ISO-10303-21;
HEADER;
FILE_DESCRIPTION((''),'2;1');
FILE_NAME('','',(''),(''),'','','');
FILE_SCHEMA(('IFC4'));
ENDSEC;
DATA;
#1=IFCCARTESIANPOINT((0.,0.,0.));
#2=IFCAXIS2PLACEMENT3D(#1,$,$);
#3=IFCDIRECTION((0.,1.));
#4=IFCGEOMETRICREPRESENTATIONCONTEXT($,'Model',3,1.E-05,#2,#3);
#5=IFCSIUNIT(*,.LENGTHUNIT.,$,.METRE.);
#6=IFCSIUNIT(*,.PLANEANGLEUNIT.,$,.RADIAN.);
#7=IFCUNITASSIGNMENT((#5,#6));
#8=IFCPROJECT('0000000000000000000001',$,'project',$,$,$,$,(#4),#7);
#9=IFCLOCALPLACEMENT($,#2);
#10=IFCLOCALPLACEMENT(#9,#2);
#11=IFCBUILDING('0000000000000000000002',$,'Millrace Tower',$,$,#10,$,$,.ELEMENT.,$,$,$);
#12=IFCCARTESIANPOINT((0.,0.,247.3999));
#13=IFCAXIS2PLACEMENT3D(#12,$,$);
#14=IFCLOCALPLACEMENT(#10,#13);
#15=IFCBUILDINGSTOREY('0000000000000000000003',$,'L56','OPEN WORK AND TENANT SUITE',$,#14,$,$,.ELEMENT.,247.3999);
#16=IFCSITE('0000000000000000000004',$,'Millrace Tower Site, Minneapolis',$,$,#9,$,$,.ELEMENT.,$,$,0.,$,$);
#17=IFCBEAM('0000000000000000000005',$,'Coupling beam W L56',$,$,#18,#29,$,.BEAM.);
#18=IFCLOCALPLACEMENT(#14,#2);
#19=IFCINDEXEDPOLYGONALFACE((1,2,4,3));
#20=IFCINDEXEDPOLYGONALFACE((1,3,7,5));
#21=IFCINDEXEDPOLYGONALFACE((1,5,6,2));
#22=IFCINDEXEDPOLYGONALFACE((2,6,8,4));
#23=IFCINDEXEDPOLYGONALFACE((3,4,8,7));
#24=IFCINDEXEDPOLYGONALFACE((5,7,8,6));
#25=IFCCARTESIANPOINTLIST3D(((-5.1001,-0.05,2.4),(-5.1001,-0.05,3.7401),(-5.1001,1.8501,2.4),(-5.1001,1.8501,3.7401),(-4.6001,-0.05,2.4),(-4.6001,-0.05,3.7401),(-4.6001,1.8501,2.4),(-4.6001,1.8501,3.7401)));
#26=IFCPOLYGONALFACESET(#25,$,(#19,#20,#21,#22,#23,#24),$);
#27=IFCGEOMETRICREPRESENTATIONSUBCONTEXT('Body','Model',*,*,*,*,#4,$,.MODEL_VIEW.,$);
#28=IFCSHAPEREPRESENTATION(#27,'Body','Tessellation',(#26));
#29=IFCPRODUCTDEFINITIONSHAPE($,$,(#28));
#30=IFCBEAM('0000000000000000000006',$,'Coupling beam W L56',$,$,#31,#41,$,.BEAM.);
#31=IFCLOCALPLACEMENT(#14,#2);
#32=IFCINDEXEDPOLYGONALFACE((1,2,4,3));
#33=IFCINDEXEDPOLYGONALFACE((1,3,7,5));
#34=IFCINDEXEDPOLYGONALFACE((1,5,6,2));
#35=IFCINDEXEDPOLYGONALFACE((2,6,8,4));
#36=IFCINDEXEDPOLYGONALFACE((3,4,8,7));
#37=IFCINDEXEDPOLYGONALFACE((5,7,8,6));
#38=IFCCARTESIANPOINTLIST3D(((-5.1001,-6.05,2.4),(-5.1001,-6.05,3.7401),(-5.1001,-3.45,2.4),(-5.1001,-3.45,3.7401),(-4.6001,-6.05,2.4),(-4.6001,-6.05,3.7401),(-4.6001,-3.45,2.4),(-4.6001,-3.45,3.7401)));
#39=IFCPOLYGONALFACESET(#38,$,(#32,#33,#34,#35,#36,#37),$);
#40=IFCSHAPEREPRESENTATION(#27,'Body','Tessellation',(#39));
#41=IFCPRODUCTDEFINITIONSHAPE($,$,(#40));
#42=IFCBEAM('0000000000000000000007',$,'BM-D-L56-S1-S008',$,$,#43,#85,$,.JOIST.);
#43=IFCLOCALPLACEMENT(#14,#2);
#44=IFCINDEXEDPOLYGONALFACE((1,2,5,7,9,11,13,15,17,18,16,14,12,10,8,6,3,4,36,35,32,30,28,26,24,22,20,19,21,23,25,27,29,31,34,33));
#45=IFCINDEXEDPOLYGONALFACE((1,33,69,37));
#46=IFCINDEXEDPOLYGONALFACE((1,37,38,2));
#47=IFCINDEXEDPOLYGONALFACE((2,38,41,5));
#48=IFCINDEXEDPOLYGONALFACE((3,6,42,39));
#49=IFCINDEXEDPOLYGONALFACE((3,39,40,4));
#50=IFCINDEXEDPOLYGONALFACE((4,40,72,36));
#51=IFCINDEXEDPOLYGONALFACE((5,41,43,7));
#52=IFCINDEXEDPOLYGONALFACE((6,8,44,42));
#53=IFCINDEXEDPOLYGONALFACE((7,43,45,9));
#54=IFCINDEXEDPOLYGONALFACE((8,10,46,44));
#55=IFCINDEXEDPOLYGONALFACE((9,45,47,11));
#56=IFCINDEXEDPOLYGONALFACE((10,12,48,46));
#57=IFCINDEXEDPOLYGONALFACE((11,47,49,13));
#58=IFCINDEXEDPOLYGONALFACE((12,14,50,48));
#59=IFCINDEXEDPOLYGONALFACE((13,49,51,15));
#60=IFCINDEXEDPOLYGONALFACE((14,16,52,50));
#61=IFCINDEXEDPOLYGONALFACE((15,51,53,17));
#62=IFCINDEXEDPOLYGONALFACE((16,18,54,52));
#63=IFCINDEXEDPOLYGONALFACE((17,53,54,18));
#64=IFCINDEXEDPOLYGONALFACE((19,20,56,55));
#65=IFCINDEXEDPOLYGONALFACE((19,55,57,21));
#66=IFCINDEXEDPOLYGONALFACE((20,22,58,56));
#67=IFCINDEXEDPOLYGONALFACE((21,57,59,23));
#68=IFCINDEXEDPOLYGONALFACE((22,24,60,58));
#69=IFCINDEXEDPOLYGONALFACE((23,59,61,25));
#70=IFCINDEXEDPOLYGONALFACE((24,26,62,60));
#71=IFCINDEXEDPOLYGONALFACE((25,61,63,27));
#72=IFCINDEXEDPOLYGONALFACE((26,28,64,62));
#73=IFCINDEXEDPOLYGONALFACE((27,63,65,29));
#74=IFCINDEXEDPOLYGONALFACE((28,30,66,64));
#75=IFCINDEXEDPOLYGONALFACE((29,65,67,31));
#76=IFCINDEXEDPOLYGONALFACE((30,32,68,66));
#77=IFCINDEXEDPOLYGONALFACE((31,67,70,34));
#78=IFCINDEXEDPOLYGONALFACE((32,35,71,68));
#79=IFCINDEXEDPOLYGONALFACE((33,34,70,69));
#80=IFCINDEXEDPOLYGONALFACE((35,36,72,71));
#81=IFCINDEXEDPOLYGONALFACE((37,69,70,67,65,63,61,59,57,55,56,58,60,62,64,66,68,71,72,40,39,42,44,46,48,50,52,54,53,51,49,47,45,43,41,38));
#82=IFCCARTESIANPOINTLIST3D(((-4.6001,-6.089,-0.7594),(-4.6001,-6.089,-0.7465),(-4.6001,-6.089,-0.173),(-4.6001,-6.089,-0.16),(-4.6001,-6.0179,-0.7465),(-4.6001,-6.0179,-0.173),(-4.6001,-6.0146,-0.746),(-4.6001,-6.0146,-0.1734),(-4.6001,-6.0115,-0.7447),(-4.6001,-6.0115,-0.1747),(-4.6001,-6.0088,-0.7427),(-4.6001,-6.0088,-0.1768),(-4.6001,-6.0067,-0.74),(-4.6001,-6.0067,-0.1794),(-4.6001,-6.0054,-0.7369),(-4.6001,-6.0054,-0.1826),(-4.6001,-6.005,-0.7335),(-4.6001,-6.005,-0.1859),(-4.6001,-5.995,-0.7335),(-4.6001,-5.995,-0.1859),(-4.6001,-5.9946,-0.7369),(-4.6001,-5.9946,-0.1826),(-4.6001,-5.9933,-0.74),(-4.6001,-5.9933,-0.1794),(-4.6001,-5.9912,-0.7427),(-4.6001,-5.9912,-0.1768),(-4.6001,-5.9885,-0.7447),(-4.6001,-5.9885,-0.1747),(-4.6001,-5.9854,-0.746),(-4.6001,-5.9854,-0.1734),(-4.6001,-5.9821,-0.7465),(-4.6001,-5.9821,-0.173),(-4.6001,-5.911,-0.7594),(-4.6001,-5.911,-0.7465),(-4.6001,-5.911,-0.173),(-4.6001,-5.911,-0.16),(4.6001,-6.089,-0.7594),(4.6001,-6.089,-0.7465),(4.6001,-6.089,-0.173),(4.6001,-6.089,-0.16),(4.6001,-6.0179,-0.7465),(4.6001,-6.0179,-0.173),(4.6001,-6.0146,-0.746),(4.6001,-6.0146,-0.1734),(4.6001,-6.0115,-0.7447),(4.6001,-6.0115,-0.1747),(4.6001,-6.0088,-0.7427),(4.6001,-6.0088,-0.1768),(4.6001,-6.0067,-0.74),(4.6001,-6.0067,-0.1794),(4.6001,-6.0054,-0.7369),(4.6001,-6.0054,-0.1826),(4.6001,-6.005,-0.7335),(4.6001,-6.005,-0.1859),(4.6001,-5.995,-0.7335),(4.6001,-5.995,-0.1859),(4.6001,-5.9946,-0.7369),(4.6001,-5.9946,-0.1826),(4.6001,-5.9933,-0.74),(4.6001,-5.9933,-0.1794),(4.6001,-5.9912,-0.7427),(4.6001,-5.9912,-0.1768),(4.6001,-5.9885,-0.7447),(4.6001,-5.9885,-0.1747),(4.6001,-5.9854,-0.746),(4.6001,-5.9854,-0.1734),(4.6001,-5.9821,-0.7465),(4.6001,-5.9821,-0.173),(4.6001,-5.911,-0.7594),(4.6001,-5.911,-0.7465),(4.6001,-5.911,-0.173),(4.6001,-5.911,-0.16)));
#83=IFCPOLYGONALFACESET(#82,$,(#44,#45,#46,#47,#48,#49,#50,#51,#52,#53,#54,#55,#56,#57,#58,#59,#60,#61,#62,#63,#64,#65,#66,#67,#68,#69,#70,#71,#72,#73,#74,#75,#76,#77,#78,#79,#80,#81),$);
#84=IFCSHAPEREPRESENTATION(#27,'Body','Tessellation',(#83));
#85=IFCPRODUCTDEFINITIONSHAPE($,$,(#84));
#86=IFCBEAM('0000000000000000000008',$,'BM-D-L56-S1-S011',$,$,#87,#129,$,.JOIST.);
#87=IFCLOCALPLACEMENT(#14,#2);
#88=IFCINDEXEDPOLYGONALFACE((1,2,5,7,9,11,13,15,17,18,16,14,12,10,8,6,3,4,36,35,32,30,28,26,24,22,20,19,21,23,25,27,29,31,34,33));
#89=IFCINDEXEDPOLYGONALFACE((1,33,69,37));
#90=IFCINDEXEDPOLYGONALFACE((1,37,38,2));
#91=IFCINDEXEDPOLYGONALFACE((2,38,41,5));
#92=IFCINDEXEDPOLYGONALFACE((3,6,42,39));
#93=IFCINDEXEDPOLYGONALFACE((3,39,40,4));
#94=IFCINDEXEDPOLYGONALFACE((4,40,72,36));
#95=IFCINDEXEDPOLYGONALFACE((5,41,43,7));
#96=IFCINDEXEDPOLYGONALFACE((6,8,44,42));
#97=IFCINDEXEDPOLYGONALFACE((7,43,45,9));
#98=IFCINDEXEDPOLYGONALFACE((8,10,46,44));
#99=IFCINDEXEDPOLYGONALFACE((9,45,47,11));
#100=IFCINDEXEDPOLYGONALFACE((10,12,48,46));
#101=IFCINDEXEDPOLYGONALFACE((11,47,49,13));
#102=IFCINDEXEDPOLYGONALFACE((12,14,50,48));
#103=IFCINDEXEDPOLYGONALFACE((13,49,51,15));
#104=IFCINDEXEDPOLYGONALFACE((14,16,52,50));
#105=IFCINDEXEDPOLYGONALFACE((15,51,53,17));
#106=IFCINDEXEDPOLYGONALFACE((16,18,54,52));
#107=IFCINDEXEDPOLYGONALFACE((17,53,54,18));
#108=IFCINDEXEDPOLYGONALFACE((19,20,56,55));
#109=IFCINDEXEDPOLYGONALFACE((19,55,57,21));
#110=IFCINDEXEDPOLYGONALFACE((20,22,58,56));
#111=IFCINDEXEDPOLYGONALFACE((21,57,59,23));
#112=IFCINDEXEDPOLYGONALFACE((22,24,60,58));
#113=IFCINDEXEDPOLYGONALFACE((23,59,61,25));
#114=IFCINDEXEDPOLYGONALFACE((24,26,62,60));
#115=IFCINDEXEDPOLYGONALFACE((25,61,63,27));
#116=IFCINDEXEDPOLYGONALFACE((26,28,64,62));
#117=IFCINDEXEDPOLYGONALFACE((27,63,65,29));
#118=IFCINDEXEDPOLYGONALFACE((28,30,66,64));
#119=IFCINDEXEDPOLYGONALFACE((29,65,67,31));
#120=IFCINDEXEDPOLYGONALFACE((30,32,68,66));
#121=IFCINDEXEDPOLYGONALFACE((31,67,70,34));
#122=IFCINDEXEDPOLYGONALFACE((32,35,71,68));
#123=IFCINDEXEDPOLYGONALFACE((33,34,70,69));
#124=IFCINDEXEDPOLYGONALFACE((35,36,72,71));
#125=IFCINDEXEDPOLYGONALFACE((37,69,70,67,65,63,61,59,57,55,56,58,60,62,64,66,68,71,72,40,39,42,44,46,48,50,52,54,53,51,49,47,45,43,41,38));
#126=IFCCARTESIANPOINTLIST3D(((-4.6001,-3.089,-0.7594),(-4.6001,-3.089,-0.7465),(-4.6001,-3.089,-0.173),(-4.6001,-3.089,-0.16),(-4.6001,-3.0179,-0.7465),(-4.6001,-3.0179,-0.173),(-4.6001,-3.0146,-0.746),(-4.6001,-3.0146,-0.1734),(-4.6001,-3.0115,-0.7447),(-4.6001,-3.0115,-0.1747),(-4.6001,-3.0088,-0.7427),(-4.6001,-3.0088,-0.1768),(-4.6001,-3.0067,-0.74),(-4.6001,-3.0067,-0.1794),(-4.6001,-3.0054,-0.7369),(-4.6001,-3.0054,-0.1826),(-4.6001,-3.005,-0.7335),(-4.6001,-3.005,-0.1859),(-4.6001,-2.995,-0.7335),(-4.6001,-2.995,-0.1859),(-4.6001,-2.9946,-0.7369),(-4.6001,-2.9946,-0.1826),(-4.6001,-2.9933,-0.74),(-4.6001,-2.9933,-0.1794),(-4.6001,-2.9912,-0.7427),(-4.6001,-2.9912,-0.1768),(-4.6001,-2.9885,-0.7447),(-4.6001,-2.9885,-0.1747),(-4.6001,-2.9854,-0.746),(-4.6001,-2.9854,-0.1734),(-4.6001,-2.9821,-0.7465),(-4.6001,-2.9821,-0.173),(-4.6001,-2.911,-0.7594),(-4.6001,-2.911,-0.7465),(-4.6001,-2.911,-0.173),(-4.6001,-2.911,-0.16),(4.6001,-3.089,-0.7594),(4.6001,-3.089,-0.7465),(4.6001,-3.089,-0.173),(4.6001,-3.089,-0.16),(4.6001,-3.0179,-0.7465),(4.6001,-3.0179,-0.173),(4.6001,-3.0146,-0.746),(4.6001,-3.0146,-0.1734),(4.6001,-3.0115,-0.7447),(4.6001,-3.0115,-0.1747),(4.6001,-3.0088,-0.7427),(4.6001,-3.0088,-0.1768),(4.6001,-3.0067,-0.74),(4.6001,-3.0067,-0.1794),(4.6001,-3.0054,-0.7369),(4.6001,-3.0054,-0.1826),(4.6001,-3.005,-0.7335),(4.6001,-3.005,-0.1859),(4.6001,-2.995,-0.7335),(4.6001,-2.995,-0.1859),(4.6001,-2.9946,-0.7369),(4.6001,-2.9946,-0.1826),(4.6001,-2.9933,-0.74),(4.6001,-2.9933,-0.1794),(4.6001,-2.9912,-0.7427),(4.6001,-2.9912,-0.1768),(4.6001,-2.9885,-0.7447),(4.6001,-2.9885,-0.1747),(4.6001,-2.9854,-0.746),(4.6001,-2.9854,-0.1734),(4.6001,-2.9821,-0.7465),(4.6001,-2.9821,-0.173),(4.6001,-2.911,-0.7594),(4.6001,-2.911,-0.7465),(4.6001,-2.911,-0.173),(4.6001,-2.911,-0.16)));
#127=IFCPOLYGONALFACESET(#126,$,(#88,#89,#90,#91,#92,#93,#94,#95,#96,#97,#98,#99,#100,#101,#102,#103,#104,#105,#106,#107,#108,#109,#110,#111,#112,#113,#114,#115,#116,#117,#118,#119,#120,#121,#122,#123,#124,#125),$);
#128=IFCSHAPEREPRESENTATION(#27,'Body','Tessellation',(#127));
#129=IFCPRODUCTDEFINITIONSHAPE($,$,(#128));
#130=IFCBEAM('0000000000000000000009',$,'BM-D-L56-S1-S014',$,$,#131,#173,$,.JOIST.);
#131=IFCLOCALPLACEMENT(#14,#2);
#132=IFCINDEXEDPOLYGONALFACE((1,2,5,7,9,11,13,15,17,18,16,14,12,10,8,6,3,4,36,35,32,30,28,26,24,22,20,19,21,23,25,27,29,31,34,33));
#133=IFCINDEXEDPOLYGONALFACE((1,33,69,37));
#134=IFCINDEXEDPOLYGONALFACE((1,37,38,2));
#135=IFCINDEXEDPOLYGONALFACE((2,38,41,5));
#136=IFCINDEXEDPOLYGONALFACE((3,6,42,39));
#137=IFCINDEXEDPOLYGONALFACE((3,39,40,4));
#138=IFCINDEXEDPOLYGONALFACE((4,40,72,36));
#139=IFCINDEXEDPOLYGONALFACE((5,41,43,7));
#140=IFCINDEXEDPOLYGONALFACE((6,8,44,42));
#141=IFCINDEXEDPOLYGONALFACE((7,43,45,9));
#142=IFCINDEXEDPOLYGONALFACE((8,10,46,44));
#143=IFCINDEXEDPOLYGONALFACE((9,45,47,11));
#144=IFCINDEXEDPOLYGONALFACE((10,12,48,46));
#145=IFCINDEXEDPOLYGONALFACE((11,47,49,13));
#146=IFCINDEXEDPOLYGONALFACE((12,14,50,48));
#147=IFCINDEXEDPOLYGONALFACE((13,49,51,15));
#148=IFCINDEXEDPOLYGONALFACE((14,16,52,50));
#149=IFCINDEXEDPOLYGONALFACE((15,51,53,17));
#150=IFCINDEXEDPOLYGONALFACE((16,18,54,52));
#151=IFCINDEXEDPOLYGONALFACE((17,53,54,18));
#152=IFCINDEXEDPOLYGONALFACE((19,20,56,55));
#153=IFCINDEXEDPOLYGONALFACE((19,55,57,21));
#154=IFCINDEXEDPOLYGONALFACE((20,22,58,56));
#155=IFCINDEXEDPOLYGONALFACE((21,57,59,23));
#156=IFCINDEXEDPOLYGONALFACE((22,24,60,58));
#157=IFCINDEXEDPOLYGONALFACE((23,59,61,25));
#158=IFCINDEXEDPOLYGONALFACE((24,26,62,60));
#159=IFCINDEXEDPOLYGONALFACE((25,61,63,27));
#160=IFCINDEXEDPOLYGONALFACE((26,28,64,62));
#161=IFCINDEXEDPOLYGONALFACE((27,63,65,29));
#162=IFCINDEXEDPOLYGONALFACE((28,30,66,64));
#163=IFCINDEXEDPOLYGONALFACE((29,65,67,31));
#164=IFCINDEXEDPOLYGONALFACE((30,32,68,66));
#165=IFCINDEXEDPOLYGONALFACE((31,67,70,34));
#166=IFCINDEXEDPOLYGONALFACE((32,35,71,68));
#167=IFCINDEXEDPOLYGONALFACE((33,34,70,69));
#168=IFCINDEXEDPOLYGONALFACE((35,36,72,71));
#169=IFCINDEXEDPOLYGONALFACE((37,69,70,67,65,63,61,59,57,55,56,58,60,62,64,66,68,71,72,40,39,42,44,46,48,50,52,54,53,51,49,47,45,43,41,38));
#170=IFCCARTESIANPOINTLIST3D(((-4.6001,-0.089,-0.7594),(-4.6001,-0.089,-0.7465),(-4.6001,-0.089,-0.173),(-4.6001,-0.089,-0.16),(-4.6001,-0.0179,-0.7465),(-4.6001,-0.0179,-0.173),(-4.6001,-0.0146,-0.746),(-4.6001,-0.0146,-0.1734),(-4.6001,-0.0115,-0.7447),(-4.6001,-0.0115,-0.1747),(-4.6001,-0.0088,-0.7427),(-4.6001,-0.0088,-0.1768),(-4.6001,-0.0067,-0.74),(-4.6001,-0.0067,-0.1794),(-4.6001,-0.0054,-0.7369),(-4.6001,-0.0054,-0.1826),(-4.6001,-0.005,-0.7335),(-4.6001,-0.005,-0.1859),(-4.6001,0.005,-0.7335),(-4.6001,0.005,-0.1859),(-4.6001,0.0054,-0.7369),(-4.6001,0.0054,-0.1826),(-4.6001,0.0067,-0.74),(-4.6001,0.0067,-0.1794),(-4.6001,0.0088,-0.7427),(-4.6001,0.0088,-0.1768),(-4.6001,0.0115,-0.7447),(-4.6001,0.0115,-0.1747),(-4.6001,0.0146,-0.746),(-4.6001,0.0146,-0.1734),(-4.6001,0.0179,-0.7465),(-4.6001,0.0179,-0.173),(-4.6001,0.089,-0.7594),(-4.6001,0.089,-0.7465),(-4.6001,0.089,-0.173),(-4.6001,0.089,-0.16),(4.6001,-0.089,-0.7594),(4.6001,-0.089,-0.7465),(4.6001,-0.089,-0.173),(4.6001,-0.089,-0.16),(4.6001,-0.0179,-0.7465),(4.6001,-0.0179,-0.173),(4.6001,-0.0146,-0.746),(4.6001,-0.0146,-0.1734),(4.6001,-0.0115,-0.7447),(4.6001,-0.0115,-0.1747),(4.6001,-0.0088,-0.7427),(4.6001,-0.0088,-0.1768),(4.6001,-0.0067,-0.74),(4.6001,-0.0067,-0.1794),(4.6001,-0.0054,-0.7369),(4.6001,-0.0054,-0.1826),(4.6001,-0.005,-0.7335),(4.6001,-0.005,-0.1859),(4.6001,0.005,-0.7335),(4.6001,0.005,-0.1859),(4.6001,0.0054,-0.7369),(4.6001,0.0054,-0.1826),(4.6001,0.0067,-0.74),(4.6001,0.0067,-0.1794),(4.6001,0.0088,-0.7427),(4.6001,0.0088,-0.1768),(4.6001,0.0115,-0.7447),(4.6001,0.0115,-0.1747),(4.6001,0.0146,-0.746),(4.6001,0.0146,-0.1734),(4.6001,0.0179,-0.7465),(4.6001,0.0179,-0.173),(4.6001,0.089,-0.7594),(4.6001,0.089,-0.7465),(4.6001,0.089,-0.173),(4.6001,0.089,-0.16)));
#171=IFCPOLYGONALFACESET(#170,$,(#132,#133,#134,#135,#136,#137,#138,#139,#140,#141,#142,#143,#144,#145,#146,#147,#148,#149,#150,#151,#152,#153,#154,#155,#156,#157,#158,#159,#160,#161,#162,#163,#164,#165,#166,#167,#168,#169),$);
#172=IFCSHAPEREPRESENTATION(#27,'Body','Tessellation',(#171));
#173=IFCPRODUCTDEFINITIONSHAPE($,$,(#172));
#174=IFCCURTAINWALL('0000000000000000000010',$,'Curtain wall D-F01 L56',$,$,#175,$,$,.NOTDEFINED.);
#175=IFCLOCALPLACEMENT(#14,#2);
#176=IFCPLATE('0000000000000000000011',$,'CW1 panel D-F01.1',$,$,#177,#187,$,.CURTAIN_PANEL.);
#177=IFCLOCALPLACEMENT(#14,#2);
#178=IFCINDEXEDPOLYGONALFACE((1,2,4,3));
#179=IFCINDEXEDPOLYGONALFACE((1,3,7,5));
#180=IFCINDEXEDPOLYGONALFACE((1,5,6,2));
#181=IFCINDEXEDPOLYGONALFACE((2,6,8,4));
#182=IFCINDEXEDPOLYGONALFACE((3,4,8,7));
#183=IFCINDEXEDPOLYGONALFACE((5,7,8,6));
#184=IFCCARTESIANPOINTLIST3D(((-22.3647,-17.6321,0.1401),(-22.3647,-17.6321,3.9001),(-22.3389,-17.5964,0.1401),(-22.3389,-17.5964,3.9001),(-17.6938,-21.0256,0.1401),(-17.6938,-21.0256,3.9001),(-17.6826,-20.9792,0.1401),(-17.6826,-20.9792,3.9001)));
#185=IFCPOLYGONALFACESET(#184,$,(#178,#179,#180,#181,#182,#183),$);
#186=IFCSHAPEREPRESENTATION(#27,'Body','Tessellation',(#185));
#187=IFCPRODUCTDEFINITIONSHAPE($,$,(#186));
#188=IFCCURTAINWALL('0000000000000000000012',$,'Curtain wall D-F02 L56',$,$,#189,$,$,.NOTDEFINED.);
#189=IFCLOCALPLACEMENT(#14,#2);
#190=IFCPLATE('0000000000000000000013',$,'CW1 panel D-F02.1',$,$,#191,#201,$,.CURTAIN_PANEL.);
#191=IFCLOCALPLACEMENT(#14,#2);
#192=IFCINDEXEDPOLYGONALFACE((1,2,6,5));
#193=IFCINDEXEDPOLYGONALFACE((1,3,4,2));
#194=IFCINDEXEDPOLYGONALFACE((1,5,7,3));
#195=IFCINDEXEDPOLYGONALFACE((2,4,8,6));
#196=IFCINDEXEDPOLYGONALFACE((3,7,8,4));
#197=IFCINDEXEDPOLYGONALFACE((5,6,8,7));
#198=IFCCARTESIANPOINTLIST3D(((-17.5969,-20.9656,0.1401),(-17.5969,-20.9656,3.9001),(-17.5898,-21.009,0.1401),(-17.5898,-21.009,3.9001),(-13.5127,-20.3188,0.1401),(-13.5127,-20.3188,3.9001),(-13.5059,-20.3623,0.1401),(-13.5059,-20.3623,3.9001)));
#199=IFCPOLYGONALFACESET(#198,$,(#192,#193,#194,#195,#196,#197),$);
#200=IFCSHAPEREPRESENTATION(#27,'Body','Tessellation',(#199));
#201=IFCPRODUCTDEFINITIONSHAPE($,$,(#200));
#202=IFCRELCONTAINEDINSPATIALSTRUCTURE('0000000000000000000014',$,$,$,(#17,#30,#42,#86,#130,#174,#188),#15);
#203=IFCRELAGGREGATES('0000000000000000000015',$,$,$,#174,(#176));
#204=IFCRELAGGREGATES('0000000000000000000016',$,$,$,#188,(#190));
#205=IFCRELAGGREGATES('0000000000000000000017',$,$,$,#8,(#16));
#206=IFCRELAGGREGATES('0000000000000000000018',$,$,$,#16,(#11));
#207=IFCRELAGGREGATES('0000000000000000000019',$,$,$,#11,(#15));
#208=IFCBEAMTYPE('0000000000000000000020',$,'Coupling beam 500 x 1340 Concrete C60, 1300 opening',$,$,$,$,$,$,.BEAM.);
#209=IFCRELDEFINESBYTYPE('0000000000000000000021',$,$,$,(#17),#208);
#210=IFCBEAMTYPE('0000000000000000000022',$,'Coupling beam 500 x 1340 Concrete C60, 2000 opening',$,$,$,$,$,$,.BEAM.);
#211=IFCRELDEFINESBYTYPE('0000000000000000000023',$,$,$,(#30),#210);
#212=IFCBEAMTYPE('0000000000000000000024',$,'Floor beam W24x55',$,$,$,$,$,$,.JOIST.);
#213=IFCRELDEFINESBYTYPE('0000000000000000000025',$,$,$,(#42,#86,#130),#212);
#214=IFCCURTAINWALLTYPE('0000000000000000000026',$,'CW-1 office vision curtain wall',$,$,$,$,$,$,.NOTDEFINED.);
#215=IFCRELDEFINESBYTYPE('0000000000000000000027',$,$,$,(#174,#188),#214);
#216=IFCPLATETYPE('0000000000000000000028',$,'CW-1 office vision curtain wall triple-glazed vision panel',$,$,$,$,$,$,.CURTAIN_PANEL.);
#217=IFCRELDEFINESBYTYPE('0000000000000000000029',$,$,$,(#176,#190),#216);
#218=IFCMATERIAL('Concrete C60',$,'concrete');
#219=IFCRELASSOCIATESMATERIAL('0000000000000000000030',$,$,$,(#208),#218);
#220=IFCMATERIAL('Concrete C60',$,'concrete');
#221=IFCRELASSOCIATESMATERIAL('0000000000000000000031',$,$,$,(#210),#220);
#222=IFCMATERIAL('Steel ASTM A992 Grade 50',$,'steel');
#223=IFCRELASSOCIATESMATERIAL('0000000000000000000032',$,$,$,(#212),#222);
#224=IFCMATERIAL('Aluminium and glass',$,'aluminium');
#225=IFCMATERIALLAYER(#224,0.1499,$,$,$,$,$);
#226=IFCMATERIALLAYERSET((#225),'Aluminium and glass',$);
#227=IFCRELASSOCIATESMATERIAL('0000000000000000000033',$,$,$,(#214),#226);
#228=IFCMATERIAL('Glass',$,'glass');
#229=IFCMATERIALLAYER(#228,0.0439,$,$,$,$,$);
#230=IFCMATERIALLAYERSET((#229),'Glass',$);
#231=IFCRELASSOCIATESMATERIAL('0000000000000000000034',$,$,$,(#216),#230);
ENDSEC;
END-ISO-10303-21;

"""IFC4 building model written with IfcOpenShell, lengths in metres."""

from ifc_helpers import new_model, si_unit, direction, frame, origin, origin_2d, place, context, subcontext, project, spatial, polyline, rectangle, i_section, outline, extrude, material, layer, layer_set, material_profile, profile_set, type_object, element, aggregate, save


model = new_model("IFC4")

# Units and contexts
model_context = context("Model", 3, precision=1e-05, world=origin(), true_north=direction((0.0, 1.0)))
body_context = subcontext(model_context, "Body", "Model", "MODEL_VIEW")
ifc_project = project(units=[si_unit("LENGTHUNIT", "METRE"), si_unit("PLANEANGLEUNIT", "RADIAN")], contexts=[model_context])

# Site, building, storey
site_placement = place(None, origin())
site = spatial("IfcSite", under=ifc_project, at=site_placement, Name="Millrace Tower Site, Minneapolis", CompositionType="ELEMENT", RefElevation=0.0)
building_placement = place(site_placement, origin())
building = spatial("IfcBuilding", under=site, at=building_placement, Name="Millrace Tower", CompositionType="ELEMENT")
storey_placement = place(building_placement, frame((0.0, 0.0, 247.3999)))
storey = spatial("IfcBuildingStorey", under=building, at=storey_placement, Name="L56", Description="OPEN WORK AND TENANT SUITE", CompositionType="ELEMENT", Elevation=247.3999)

# Beams
ifc_material_1 = material(Name="Concrete C60", Category="concrete")
ifc_material_profile_1 = material_profile(ifc_material_1, rectangle(XDim=0.5, YDim=1.3401, at=origin_2d()))
ifc_profile_set_1 = profile_set([ifc_material_profile_1], Name="Concrete C60")
beam_type_1 = type_object("IfcBeamType", Name="Coupling beam 500 x 1340 Concrete C60, 1300 opening", PredefinedType="BEAM", material=ifc_profile_set_1)
beam_1_placement = place(storey_placement, frame((-4.8501, -0.05, 3.0701), z_axis=(0.0, 1.0, 0.0), x_axis=(-1.0, 0.0, 0.0)))
element("IfcBeam", 1, at=beam_1_placement, inside=storey, type_object=beam_type_1, Name="Coupling beam W L56", PredefinedType="BEAM", context=body_context, shape_type="SweptSolid", body=[
    extrude(rectangle(XDim=0.5, YDim=1.3401, at=origin_2d()), origin(), (0.0, 0.0, 1.0), 1.9001),
])
ifc_material_2 = material(Name="Concrete C60", Category="concrete")
ifc_material_profile_2 = material_profile(ifc_material_2, rectangle(XDim=0.5, YDim=1.3401, at=origin_2d()))
ifc_profile_set_2 = profile_set([ifc_material_profile_2], Name="Concrete C60")
beam_type_2 = type_object("IfcBeamType", Name="Coupling beam 500 x 1340 Concrete C60, 2000 opening", PredefinedType="BEAM", material=ifc_profile_set_2)
beam_2_placement = place(storey_placement, frame((-4.8501, -6.05, 3.0701), z_axis=(0.0, 1.0, 0.0), x_axis=(-1.0, 0.0, 0.0)))
element("IfcBeam", 2, at=beam_2_placement, inside=storey, type_object=beam_type_2, Name="Coupling beam W L56", PredefinedType="BEAM", context=body_context, shape_type="SweptSolid", body=[
    extrude(rectangle(XDim=0.5, YDim=1.3401, at=origin_2d()), origin(), (0.0, 0.0, 1.0), 2.6001),
])
ifc_material_3 = material(Name="Steel ASTM A992 Grade 50", Category="steel")
ifc_material_profile_3 = material_profile(ifc_material_3, i_section(OverallWidth=0.178, OverallDepth=0.5994, WebThickness=0.01, FlangeThickness=0.0129, FilletRadius=0.0129, at=origin_2d()))
ifc_profile_set_3 = profile_set([ifc_material_profile_3], Name="Steel ASTM A992 Grade 50")
beam_type_3 = type_object("IfcBeamType", Name="Floor beam W24x55", PredefinedType="JOIST", material=ifc_profile_set_3)
for number, where, z_axis, x_axis, name in (
    (3, (-4.6001, -6.0, -0.4597), (1.0, 0.0, 0.0), (0.0, 1.0, 0.0), "BM-D-L56-S1-S008"),
    (4, (-4.6001, -3.0, -0.4597), (1.0, 0.0, 0.0), (0.0, 1.0, 0.0), "BM-D-L56-S1-S011"),
    (5, (-4.6001, 0.0, -0.4597), (1.0, 0.0, 0.0), (0.0, 1.0, 0.0), "BM-D-L56-S1-S014"),
):
    element("IfcBeam", number, at=place(storey_placement, frame(where, z_axis=z_axis, x_axis=x_axis)), inside=storey, type_object=beam_type_3, Name=name, PredefinedType="JOIST", context=body_context, shape_type="SweptSolid", body=[
        extrude(i_section(OverallWidth=0.178, OverallDepth=0.5994, WebThickness=0.01, FlangeThickness=0.0129, FilletRadius=0.0129, at=origin_2d()), origin(), (0.0, 0.0, 1.0), 9.2002),
    ])

# Curtain wall, plate
ifc_material_4 = material(Name="Aluminium and glass", Category="aluminium")
ifc_layer_1 = layer(ifc_material_4, 0.1499)
ifc_layer_set_1 = layer_set([ifc_layer_1], Name="Aluminium and glass")
curtain_wall_type = type_object("IfcCurtainWallType", Name="CW-1 office vision curtain wall", PredefinedType="NOTDEFINED", material=ifc_layer_set_1)
placement_1 = place(storey_placement, origin())
curtain_wall_1 = element("IfcCurtainWall", 6, at=placement_1, inside=storey, type_object=curtain_wall_type, Name="Curtain wall D-F01 L56", PredefinedType="NOTDEFINED")
ifc_material_5 = material(Name="Glass", Category="glass")
ifc_layer_2 = layer(ifc_material_5, 0.0439)
ifc_layer_set_2 = layer_set([ifc_layer_2], Name="Glass")
plate_type = type_object("IfcPlateType", Name="CW-1 office vision curtain wall triple-glazed vision panel", PredefinedType="CURTAIN_PANEL", material=ifc_layer_set_2)
placement_2 = place(storey_placement, frame((0.0, 0.0, 0.1401)))
plate_1 = element("IfcPlate", 7, at=placement_2, type_object=plate_type, Name="CW1 panel D-F01.1", PredefinedType="CURTAIN_PANEL", context=body_context, shape_type="SweptSolid", body=[
    extrude(outline(polyline([(-22.3647, -17.6321), (-17.6938, -21.0256), (-17.6826, -20.9792), (-22.3389, -17.5964), (-22.3647, -17.6321)])), origin(), (0.0, 0.0, 1.0), 3.76),
])
aggregate(curtain_wall_1, [plate_1])

# Curtain wall, plate
curtain_wall_2 = element("IfcCurtainWall", 8, at=placement_1, inside=storey, type_object=curtain_wall_type, Name="Curtain wall D-F02 L56", PredefinedType="NOTDEFINED")
plate_2 = element("IfcPlate", 9, at=placement_2, type_object=plate_type, Name="CW1 panel D-F02.1", PredefinedType="CURTAIN_PANEL", context=body_context, shape_type="SweptSolid", body=[
    extrude(outline(polyline([(-17.5898, -21.009), (-13.5059, -20.3623), (-13.5127, -20.3188), (-17.5969, -20.9656), (-17.5898, -21.009)])), origin(), (0.0, 0.0, 1.0), 3.76),
])
aggregate(curtain_wall_2, [plate_2])

save(model, "model.ifc")
